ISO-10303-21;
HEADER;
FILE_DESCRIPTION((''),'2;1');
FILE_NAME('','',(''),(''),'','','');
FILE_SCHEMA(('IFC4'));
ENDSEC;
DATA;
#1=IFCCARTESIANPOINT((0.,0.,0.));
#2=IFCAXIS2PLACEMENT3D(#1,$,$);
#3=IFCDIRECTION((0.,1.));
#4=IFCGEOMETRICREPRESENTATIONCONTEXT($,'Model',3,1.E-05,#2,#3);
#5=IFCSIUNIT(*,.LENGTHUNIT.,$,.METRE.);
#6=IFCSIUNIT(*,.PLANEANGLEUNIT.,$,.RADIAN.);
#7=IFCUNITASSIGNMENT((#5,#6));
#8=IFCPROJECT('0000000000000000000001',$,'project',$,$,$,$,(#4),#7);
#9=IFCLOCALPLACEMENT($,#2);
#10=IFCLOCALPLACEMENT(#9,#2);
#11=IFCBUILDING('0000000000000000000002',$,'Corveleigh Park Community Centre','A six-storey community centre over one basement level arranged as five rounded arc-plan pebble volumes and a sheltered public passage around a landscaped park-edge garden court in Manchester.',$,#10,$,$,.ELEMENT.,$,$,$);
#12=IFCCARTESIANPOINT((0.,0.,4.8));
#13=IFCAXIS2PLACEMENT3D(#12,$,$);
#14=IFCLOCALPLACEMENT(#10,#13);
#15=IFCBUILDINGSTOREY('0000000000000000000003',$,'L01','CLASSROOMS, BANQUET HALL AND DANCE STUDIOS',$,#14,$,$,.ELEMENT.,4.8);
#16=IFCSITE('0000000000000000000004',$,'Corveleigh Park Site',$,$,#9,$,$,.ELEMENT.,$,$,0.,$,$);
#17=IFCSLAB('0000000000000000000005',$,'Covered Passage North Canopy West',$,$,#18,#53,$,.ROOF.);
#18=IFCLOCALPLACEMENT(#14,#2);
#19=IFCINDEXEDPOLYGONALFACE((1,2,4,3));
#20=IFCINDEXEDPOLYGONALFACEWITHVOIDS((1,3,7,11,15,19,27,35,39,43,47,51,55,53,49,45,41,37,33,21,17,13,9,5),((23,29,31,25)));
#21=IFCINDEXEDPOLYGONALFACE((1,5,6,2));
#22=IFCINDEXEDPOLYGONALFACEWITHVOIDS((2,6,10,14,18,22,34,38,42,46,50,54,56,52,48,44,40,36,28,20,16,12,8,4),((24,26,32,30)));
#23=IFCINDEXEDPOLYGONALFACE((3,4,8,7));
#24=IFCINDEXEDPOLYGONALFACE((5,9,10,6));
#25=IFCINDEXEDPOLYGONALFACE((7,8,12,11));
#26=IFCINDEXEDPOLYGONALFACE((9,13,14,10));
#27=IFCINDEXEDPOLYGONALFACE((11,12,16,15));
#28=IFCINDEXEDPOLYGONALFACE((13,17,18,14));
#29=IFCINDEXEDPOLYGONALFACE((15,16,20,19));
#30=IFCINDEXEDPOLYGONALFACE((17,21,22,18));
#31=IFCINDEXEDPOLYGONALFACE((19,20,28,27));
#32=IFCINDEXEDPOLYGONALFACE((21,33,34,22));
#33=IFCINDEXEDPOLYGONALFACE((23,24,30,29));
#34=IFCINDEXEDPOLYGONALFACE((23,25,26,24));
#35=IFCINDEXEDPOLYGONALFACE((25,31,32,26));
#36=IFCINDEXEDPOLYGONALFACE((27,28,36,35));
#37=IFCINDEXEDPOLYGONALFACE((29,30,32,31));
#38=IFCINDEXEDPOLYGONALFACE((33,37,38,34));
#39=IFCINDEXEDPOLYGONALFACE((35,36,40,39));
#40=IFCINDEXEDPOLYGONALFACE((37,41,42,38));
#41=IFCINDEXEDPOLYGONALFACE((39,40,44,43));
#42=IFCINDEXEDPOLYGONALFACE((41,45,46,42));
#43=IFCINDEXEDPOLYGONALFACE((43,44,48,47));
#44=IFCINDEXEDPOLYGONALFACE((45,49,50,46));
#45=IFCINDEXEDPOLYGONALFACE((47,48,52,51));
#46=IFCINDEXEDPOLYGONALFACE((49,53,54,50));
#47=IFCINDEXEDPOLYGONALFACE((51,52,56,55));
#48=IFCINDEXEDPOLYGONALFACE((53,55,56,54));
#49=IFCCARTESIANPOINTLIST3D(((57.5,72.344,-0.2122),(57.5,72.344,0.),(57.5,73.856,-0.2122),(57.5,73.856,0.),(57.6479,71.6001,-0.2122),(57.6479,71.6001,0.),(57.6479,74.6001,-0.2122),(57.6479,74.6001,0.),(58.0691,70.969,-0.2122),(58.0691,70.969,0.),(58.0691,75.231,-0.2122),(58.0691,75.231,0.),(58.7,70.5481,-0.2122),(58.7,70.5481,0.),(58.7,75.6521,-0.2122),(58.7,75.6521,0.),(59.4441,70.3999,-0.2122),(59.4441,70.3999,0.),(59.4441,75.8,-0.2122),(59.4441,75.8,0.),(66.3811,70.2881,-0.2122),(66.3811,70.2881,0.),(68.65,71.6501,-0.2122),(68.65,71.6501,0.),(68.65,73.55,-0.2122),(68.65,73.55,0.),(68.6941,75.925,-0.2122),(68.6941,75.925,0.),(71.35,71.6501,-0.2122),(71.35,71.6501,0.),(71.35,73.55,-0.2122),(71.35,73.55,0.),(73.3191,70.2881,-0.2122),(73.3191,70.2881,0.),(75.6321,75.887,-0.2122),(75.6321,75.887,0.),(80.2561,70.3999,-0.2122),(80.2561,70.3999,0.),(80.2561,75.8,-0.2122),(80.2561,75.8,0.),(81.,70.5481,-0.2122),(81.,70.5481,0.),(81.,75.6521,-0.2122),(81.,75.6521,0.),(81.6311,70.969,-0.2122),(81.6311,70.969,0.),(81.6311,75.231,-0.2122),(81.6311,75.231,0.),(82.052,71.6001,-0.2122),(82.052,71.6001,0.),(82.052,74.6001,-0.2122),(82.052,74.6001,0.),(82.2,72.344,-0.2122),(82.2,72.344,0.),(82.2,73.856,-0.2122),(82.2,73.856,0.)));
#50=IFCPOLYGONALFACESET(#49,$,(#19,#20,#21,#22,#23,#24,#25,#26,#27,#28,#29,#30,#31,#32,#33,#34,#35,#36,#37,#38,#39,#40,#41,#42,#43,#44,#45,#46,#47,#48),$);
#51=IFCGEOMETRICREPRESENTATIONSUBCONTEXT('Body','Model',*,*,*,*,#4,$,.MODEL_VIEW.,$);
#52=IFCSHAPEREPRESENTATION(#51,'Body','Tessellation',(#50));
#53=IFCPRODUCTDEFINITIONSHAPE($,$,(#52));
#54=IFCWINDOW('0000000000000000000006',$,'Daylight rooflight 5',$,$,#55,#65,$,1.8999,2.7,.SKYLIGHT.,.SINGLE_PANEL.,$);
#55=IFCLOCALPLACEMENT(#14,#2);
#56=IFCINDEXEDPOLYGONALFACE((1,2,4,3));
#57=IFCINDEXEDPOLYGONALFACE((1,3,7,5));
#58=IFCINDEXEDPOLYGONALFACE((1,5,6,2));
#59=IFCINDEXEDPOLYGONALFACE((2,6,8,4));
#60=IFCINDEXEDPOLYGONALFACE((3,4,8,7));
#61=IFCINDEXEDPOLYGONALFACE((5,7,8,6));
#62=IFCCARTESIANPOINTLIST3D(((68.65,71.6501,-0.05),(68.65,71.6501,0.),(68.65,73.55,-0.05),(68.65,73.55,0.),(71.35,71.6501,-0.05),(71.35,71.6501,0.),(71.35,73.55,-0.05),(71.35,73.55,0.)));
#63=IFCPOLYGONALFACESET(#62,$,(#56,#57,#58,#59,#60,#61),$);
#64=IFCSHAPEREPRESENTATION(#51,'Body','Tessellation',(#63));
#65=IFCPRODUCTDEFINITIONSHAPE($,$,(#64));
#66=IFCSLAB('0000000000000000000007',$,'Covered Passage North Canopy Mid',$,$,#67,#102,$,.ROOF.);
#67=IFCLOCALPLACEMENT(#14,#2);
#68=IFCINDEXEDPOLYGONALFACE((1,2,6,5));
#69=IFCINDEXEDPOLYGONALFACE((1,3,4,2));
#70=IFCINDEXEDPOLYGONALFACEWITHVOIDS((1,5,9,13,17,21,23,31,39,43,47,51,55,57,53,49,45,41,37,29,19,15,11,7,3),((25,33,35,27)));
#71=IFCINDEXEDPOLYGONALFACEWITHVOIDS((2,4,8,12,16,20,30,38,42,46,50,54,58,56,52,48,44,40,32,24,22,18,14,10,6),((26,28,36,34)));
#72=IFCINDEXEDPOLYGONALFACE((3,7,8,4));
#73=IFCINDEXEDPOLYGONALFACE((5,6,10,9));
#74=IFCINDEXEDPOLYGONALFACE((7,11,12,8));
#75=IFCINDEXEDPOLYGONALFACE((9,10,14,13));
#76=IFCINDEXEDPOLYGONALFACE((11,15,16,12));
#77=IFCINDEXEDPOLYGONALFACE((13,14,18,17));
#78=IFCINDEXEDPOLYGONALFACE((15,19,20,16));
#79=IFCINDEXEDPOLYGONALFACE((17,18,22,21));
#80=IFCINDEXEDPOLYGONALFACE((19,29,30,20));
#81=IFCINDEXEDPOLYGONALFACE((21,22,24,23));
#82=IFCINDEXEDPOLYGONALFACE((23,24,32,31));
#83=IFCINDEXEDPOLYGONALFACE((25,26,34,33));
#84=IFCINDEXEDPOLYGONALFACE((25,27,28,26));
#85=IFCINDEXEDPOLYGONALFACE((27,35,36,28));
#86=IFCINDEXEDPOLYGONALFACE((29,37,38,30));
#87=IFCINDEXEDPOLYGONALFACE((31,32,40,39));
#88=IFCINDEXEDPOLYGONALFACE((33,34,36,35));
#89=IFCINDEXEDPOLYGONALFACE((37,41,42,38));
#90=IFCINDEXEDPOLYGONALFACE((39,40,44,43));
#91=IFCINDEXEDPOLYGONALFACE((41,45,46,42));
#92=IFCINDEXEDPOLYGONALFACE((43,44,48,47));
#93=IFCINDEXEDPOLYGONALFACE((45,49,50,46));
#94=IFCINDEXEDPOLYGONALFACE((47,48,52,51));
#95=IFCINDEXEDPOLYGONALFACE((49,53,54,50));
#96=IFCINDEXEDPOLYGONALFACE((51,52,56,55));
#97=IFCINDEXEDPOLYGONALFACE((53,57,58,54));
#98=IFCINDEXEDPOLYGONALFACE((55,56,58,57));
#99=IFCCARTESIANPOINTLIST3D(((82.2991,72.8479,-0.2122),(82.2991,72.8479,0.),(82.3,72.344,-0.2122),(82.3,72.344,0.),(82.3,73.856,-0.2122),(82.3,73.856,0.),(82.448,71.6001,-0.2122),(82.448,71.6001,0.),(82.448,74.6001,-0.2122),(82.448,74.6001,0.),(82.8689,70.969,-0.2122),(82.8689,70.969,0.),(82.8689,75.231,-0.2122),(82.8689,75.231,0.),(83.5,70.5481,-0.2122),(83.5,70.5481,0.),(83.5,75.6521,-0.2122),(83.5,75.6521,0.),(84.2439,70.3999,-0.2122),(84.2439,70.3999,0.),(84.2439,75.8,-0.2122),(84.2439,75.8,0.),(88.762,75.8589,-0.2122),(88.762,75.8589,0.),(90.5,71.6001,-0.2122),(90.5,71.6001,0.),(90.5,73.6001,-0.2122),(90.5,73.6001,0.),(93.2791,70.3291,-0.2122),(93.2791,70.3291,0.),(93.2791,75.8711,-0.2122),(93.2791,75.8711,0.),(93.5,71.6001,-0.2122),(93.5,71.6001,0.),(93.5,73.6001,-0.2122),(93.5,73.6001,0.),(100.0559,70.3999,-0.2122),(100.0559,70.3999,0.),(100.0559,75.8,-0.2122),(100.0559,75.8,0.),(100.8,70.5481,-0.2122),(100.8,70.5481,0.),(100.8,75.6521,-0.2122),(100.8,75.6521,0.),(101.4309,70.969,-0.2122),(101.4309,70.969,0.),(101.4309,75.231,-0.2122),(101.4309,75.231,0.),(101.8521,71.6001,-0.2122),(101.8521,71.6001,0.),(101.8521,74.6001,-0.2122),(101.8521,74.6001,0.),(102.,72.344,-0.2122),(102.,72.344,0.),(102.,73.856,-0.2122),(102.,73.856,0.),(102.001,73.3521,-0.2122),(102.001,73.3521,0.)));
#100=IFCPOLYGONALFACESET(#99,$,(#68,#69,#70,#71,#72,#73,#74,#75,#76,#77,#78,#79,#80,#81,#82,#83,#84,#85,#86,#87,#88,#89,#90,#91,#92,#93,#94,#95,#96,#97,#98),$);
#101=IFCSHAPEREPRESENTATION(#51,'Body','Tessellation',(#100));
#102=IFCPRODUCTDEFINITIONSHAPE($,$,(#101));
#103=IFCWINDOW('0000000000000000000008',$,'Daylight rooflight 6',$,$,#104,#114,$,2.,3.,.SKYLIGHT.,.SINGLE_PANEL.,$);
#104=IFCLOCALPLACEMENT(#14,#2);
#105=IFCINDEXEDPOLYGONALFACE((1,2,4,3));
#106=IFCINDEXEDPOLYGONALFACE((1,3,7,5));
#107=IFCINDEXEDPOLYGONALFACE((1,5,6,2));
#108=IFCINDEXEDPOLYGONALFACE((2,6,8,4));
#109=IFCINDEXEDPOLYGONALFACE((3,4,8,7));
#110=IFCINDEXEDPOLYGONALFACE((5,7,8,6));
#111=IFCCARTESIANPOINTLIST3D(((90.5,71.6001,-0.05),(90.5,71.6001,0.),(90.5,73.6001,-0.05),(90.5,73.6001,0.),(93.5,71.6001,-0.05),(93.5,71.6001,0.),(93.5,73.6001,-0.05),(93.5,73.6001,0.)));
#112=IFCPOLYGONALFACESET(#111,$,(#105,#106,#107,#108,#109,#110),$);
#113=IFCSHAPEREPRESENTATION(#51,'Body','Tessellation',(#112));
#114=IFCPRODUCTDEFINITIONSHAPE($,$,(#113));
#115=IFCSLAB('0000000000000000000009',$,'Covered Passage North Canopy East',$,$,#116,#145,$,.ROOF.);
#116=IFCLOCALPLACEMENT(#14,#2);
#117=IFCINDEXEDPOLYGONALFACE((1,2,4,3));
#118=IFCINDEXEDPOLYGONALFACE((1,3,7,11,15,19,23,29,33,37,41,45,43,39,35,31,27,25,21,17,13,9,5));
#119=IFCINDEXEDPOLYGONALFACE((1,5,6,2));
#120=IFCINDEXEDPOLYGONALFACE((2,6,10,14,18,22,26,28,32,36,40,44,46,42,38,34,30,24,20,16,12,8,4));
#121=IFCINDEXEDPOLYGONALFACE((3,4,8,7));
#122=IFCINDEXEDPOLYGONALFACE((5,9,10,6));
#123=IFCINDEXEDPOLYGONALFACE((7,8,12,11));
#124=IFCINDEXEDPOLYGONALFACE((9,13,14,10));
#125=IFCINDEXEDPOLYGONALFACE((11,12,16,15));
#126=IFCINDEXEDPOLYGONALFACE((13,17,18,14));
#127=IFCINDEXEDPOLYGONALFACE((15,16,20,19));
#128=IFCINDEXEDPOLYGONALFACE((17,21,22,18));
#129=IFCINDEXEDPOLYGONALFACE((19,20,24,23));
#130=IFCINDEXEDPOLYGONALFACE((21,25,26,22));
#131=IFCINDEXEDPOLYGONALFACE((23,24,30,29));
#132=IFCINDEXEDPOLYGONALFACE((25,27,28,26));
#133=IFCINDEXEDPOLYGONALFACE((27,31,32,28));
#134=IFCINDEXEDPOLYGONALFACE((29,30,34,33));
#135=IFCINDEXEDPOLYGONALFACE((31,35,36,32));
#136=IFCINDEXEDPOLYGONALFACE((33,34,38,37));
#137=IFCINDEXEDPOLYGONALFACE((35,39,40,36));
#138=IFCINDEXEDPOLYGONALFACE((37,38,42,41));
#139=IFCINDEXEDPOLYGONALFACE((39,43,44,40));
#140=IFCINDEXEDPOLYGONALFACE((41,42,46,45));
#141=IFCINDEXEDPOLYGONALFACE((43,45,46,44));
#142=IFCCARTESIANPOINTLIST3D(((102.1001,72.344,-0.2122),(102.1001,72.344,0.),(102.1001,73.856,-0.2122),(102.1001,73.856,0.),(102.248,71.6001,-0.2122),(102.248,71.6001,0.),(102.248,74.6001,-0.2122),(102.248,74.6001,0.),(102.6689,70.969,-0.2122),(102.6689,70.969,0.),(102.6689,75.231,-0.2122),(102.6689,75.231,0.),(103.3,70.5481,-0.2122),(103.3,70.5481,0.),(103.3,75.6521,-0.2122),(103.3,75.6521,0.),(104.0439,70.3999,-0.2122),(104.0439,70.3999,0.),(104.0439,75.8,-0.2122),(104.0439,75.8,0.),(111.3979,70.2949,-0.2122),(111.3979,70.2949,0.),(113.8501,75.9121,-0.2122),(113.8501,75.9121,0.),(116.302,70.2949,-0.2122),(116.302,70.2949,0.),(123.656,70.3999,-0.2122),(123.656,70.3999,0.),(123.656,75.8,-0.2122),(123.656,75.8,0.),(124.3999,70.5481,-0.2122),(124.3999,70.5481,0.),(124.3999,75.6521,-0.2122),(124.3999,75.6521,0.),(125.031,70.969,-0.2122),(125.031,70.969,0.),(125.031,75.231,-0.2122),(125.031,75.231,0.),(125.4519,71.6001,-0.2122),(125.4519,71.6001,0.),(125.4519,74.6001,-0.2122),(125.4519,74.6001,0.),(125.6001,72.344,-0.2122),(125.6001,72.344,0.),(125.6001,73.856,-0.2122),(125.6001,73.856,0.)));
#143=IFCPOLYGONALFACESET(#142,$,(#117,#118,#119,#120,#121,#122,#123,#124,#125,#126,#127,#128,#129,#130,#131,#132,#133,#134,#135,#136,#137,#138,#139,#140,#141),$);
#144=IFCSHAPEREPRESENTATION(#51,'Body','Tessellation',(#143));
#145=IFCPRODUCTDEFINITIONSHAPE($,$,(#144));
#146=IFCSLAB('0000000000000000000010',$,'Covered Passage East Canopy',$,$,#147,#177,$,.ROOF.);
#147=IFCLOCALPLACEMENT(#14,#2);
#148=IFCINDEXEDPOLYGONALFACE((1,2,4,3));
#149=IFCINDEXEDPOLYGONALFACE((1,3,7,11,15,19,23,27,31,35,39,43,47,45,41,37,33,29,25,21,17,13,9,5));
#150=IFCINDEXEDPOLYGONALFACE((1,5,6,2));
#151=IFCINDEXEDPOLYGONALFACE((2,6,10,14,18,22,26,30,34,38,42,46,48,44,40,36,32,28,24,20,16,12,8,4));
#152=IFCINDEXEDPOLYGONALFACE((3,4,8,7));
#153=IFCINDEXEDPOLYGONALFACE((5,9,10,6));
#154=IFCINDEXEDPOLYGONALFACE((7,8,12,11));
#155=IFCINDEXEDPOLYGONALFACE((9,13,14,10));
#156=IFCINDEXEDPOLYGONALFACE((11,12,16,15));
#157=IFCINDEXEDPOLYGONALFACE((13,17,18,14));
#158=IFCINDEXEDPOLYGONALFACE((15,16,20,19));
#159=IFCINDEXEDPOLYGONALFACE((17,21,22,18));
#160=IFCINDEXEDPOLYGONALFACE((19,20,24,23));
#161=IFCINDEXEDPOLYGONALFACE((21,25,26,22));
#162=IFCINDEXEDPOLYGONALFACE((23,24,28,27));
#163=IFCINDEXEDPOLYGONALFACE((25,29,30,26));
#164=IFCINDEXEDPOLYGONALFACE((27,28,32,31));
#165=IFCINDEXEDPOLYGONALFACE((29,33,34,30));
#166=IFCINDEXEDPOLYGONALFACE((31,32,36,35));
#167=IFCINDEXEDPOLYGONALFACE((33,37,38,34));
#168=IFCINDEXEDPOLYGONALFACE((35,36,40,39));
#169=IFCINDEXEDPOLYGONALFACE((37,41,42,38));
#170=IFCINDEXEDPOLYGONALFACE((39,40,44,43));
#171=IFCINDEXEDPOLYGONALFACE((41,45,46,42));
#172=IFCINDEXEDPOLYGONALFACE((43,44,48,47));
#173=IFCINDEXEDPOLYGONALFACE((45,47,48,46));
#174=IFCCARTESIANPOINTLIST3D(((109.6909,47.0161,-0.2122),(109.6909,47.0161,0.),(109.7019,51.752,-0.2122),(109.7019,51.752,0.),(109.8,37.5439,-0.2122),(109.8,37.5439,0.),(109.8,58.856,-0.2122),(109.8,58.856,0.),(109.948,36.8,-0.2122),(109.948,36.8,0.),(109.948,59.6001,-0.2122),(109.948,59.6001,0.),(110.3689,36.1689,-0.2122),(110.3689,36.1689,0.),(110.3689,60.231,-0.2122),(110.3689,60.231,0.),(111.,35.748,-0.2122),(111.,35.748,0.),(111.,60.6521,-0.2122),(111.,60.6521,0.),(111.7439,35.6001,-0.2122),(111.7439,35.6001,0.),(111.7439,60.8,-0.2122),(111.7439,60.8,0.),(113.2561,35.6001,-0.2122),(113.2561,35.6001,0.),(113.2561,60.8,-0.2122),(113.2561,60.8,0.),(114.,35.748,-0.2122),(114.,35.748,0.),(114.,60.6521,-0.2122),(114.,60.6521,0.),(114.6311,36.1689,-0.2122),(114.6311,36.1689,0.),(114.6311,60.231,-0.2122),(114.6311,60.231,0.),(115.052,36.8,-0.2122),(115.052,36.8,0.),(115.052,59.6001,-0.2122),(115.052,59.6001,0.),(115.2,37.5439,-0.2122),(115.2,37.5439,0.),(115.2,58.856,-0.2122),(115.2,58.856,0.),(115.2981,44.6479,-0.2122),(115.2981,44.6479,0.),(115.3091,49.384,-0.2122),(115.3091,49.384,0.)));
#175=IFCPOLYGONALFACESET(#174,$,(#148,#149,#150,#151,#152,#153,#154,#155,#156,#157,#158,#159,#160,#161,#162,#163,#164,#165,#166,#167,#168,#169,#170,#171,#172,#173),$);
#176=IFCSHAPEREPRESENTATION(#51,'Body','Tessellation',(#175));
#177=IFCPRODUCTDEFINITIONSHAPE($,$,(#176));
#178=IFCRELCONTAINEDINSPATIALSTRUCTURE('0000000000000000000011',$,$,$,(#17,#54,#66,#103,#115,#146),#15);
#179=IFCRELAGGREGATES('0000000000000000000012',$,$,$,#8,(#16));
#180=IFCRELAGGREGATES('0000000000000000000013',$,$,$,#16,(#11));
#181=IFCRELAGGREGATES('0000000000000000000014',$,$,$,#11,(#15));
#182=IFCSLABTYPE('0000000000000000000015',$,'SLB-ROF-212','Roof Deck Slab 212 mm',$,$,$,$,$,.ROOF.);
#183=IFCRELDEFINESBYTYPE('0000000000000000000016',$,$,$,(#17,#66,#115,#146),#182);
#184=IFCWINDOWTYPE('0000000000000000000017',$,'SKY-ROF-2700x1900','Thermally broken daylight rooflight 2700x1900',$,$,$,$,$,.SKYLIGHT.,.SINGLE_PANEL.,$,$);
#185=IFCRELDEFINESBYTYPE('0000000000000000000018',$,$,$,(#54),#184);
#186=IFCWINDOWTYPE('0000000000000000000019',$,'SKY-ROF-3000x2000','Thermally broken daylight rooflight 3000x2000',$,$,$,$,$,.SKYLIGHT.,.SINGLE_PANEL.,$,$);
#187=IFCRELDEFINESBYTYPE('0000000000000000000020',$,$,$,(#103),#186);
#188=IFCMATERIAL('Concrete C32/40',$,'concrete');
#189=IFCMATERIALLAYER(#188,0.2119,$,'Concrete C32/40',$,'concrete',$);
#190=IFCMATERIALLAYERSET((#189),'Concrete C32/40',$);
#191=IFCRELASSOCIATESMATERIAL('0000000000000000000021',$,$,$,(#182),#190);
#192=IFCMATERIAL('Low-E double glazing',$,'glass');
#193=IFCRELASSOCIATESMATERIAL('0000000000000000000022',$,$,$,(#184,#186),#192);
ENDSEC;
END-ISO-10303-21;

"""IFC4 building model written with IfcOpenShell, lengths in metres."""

from ifc_helpers import new_model, si_unit, direction, frame, origin, origin_2d, place, context, subcontext, project, spatial, polyline, rectangle, outline, extrude, material, layer, layer_set, type_object, element, fill, save


model = new_model("IFC4")

# Units and contexts
model_context = context("Model", 3, precision=1e-05, world=origin(), true_north=direction((0.0, 1.0)))
body_context = subcontext(model_context, "Body", "Model", "MODEL_VIEW")
ifc_project = project(units=[si_unit("LENGTHUNIT", "METRE"), si_unit("PLANEANGLEUNIT", "RADIAN")], contexts=[model_context])

# Site, building, storey
site_placement = place(None, origin())
site = spatial("IfcSite", under=ifc_project, at=site_placement, Name="Corveleigh Park Site", CompositionType="ELEMENT", RefElevation=0.0)
building_placement = place(site_placement, origin())
building = spatial("IfcBuilding", under=site, at=building_placement, Name="Corveleigh Park Community Centre", Description="A six-storey community centre over one basement level arranged as five rounded arc-plan pebble volumes and a sheltered public passage around a landscaped park-edge garden court in Manchester.", CompositionType="ELEMENT")
storey_placement = place(building_placement, frame((0.0, 0.0, 4.8)))
storey = spatial("IfcBuildingStorey", under=building, at=storey_placement, Name="L01", Description="CLASSROOMS, BANQUET HALL AND DANCE STUDIOS", CompositionType="ELEMENT", Elevation=4.8)

# Shared definitions
ifc_material_1 = material(Name="Concrete C32/40", Category="concrete")

# Slabs, openings, windows
ifc_layer_1 = layer(ifc_material_1, 0.2119, Name="Concrete C32/40", Category="concrete")
ifc_layer_set_1 = layer_set([ifc_layer_1], Name="Concrete C32/40")
slab_type_1 = type_object("IfcSlabType", Name="SLB-ROF-212", Description="Roof Deck Slab 212 mm", PredefinedType="ROOF", material=ifc_layer_set_1)
slab_1_placement = place(storey_placement, frame((0.0, 0.0, -0.2122)))
slab_1 = element("IfcSlab", 1, at=slab_1_placement, inside=storey, type_object=slab_type_1, Name="Covered Passage North Canopy West", PredefinedType="ROOF", context=body_context, shape_type="SweptSolid", body=[
    extrude(outline(polyline([(58.7, 70.5481), (58.0691, 70.969), (57.6479, 71.6001), (57.5, 72.344), (57.5, 73.856), (57.6479, 74.6001), (58.0691, 75.231), (58.7, 75.6521), (59.4441, 75.8), (68.6941, 75.925), (75.6321, 75.887), (80.2561, 75.8), (81.0, 75.6521), (81.6311, 75.231), (82.052, 74.6001), (82.2, 73.856), (82.2, 72.344), (82.052, 71.6001), (81.6311, 70.969), (81.0, 70.5481), (80.2561, 70.3999), (73.3191, 70.2881), (66.3811, 70.2881), (59.4441, 70.3999), (58.7, 70.5481)])), origin(), (0.0, 0.0, 1.0), 0.2122),
])
opening_1_placement = place(slab_1_placement, frame((70.0, 72.6001, -0.01)))
opening_1 = element("IfcOpeningElement", 2, at=opening_1_placement, cuts=slab_1, PredefinedType="OPENING", context=body_context, shape_type="SweptSolid", body=[
    extrude(rectangle(XDim=2.7, YDim=1.8999, at=origin_2d()), origin(), (0.0, 0.0, 1.0), 0.2322),
])
ifc_material_2 = material(Name="Low-E double glazing", Category="glass")
window_type_1 = type_object("IfcWindowType", Name="SKY-ROF-2700x1900", Description="Thermally broken daylight rooflight 2700x1900", PartitioningType="SINGLE_PANEL", PredefinedType="SKYLIGHT", material=ifc_material_2)
window_1_placement = place(opening_1_placement, frame((0.0, 0.0, 0.1721)))
window_1 = element("IfcWindow", 3, at=window_1_placement, inside=storey, type_object=window_type_1, Name="Daylight rooflight 5", OverallHeight=1.8999, OverallWidth=2.7, PartitioningType="SINGLE_PANEL", PredefinedType="SKYLIGHT", context=body_context, shape_type="SweptSolid", body=[
    extrude(rectangle(XDim=2.7, YDim=1.8999, at=origin_2d()), origin(), (0.0, 0.0, 1.0), 0.05),
])
fill(opening_1, window_1)
slab_2_placement = place(storey_placement, frame((0.0, 0.0, -0.2122)))
slab_2 = element("IfcSlab", 4, at=slab_2_placement, inside=storey, type_object=slab_type_1, Name="Covered Passage North Canopy Mid", PredefinedType="ROOF", context=body_context, shape_type="SweptSolid", body=[
    extrude(outline(polyline([(83.5, 70.5481), (82.8689, 70.969), (82.448, 71.6001), (82.3, 72.344), (82.2991, 72.8479), (82.3, 73.856), (82.448, 74.6001), (82.8689, 75.231), (83.5, 75.6521), (84.2439, 75.8), (88.762, 75.8589), (93.2791, 75.8711), (100.0559, 75.8), (100.8, 75.6521), (101.4309, 75.231), (101.8521, 74.6001), (102.0, 73.856), (102.001, 73.3521), (102.0, 72.344), (101.8521, 71.6001), (101.4309, 70.969), (100.8, 70.5481), (100.0559, 70.3999), (93.2791, 70.3291), (84.2439, 70.3999), (83.5, 70.5481)])), origin(), (0.0, 0.0, 1.0), 0.2122),
])
opening_2_placement = place(slab_2_placement, frame((92.0, 72.6001, -0.01)))
opening_2 = element("IfcOpeningElement", 5, at=opening_2_placement, cuts=slab_2, PredefinedType="OPENING", context=body_context, shape_type="SweptSolid", body=[
    extrude(rectangle(XDim=3.0, YDim=2.0, at=origin_2d()), origin(), (0.0, 0.0, 1.0), 0.2322),
])
window_type_2 = type_object("IfcWindowType", Name="SKY-ROF-3000x2000", Description="Thermally broken daylight rooflight 3000x2000", PartitioningType="SINGLE_PANEL", PredefinedType="SKYLIGHT", material=ifc_material_2)
window_2_placement = place(opening_2_placement, frame((0.0, 0.0, 0.1721)))
window_2 = element("IfcWindow", 6, at=window_2_placement, inside=storey, type_object=window_type_2, Name="Daylight rooflight 6", OverallHeight=2.0, OverallWidth=3.0, PartitioningType="SINGLE_PANEL", PredefinedType="SKYLIGHT", context=body_context, shape_type="SweptSolid", body=[
    extrude(rectangle(XDim=3.0, YDim=2.0, at=origin_2d()), origin(), (0.0, 0.0, 1.0), 0.05),
])
fill(opening_2, window_2)

# Slabs
slab_3_placement = place(storey_placement, frame((0.0, 0.0, -0.2122)))
element("IfcSlab", 7, at=slab_3_placement, inside=storey, type_object=slab_type_1, Name="Covered Passage North Canopy East", PredefinedType="ROOF", context=body_context, shape_type="SweptSolid", body=[
    extrude(outline(polyline([(103.3, 70.5481), (102.6689, 70.969), (102.248, 71.6001), (102.1001, 72.344), (102.1001, 73.856), (102.248, 74.6001), (102.6689, 75.231), (103.3, 75.6521), (104.0439, 75.8), (113.8501, 75.9121), (123.656, 75.8), (124.3999, 75.6521), (125.031, 75.231), (125.4519, 74.6001), (125.6001, 73.856), (125.6001, 72.344), (125.4519, 71.6001), (125.031, 70.969), (124.3999, 70.5481), (123.656, 70.3999), (116.302, 70.2949), (111.3979, 70.2949), (104.0439, 70.3999), (103.3, 70.5481)])), origin(), (0.0, 0.0, 1.0), 0.2122),
])
slab_4_placement = place(storey_placement, frame((0.0, 0.0, -0.2122)))
element("IfcSlab", 8, at=slab_4_placement, inside=storey, type_object=slab_type_1, Name="Covered Passage East Canopy", PredefinedType="ROOF", context=body_context, shape_type="SweptSolid", body=[
    extrude(outline(polyline([(111.0, 35.748), (110.3689, 36.1689), (109.948, 36.8), (109.8, 37.5439), (109.6909, 47.0161), (109.7019, 51.752), (109.8, 58.856), (109.948, 59.6001), (110.3689, 60.231), (111.0, 60.6521), (111.7439, 60.8), (113.2561, 60.8), (114.0, 60.6521), (114.6311, 60.231), (115.052, 59.6001), (115.2, 58.856), (115.3091, 49.384), (115.2981, 44.6479), (115.2, 37.5439), (115.052, 36.8), (114.6311, 36.1689), (114.0, 35.748), (113.2561, 35.6001), (111.7439, 35.6001), (111.0, 35.748)])), origin(), (0.0, 0.0, 1.0), 0.2122),
])

save(model, "model.ifc")
